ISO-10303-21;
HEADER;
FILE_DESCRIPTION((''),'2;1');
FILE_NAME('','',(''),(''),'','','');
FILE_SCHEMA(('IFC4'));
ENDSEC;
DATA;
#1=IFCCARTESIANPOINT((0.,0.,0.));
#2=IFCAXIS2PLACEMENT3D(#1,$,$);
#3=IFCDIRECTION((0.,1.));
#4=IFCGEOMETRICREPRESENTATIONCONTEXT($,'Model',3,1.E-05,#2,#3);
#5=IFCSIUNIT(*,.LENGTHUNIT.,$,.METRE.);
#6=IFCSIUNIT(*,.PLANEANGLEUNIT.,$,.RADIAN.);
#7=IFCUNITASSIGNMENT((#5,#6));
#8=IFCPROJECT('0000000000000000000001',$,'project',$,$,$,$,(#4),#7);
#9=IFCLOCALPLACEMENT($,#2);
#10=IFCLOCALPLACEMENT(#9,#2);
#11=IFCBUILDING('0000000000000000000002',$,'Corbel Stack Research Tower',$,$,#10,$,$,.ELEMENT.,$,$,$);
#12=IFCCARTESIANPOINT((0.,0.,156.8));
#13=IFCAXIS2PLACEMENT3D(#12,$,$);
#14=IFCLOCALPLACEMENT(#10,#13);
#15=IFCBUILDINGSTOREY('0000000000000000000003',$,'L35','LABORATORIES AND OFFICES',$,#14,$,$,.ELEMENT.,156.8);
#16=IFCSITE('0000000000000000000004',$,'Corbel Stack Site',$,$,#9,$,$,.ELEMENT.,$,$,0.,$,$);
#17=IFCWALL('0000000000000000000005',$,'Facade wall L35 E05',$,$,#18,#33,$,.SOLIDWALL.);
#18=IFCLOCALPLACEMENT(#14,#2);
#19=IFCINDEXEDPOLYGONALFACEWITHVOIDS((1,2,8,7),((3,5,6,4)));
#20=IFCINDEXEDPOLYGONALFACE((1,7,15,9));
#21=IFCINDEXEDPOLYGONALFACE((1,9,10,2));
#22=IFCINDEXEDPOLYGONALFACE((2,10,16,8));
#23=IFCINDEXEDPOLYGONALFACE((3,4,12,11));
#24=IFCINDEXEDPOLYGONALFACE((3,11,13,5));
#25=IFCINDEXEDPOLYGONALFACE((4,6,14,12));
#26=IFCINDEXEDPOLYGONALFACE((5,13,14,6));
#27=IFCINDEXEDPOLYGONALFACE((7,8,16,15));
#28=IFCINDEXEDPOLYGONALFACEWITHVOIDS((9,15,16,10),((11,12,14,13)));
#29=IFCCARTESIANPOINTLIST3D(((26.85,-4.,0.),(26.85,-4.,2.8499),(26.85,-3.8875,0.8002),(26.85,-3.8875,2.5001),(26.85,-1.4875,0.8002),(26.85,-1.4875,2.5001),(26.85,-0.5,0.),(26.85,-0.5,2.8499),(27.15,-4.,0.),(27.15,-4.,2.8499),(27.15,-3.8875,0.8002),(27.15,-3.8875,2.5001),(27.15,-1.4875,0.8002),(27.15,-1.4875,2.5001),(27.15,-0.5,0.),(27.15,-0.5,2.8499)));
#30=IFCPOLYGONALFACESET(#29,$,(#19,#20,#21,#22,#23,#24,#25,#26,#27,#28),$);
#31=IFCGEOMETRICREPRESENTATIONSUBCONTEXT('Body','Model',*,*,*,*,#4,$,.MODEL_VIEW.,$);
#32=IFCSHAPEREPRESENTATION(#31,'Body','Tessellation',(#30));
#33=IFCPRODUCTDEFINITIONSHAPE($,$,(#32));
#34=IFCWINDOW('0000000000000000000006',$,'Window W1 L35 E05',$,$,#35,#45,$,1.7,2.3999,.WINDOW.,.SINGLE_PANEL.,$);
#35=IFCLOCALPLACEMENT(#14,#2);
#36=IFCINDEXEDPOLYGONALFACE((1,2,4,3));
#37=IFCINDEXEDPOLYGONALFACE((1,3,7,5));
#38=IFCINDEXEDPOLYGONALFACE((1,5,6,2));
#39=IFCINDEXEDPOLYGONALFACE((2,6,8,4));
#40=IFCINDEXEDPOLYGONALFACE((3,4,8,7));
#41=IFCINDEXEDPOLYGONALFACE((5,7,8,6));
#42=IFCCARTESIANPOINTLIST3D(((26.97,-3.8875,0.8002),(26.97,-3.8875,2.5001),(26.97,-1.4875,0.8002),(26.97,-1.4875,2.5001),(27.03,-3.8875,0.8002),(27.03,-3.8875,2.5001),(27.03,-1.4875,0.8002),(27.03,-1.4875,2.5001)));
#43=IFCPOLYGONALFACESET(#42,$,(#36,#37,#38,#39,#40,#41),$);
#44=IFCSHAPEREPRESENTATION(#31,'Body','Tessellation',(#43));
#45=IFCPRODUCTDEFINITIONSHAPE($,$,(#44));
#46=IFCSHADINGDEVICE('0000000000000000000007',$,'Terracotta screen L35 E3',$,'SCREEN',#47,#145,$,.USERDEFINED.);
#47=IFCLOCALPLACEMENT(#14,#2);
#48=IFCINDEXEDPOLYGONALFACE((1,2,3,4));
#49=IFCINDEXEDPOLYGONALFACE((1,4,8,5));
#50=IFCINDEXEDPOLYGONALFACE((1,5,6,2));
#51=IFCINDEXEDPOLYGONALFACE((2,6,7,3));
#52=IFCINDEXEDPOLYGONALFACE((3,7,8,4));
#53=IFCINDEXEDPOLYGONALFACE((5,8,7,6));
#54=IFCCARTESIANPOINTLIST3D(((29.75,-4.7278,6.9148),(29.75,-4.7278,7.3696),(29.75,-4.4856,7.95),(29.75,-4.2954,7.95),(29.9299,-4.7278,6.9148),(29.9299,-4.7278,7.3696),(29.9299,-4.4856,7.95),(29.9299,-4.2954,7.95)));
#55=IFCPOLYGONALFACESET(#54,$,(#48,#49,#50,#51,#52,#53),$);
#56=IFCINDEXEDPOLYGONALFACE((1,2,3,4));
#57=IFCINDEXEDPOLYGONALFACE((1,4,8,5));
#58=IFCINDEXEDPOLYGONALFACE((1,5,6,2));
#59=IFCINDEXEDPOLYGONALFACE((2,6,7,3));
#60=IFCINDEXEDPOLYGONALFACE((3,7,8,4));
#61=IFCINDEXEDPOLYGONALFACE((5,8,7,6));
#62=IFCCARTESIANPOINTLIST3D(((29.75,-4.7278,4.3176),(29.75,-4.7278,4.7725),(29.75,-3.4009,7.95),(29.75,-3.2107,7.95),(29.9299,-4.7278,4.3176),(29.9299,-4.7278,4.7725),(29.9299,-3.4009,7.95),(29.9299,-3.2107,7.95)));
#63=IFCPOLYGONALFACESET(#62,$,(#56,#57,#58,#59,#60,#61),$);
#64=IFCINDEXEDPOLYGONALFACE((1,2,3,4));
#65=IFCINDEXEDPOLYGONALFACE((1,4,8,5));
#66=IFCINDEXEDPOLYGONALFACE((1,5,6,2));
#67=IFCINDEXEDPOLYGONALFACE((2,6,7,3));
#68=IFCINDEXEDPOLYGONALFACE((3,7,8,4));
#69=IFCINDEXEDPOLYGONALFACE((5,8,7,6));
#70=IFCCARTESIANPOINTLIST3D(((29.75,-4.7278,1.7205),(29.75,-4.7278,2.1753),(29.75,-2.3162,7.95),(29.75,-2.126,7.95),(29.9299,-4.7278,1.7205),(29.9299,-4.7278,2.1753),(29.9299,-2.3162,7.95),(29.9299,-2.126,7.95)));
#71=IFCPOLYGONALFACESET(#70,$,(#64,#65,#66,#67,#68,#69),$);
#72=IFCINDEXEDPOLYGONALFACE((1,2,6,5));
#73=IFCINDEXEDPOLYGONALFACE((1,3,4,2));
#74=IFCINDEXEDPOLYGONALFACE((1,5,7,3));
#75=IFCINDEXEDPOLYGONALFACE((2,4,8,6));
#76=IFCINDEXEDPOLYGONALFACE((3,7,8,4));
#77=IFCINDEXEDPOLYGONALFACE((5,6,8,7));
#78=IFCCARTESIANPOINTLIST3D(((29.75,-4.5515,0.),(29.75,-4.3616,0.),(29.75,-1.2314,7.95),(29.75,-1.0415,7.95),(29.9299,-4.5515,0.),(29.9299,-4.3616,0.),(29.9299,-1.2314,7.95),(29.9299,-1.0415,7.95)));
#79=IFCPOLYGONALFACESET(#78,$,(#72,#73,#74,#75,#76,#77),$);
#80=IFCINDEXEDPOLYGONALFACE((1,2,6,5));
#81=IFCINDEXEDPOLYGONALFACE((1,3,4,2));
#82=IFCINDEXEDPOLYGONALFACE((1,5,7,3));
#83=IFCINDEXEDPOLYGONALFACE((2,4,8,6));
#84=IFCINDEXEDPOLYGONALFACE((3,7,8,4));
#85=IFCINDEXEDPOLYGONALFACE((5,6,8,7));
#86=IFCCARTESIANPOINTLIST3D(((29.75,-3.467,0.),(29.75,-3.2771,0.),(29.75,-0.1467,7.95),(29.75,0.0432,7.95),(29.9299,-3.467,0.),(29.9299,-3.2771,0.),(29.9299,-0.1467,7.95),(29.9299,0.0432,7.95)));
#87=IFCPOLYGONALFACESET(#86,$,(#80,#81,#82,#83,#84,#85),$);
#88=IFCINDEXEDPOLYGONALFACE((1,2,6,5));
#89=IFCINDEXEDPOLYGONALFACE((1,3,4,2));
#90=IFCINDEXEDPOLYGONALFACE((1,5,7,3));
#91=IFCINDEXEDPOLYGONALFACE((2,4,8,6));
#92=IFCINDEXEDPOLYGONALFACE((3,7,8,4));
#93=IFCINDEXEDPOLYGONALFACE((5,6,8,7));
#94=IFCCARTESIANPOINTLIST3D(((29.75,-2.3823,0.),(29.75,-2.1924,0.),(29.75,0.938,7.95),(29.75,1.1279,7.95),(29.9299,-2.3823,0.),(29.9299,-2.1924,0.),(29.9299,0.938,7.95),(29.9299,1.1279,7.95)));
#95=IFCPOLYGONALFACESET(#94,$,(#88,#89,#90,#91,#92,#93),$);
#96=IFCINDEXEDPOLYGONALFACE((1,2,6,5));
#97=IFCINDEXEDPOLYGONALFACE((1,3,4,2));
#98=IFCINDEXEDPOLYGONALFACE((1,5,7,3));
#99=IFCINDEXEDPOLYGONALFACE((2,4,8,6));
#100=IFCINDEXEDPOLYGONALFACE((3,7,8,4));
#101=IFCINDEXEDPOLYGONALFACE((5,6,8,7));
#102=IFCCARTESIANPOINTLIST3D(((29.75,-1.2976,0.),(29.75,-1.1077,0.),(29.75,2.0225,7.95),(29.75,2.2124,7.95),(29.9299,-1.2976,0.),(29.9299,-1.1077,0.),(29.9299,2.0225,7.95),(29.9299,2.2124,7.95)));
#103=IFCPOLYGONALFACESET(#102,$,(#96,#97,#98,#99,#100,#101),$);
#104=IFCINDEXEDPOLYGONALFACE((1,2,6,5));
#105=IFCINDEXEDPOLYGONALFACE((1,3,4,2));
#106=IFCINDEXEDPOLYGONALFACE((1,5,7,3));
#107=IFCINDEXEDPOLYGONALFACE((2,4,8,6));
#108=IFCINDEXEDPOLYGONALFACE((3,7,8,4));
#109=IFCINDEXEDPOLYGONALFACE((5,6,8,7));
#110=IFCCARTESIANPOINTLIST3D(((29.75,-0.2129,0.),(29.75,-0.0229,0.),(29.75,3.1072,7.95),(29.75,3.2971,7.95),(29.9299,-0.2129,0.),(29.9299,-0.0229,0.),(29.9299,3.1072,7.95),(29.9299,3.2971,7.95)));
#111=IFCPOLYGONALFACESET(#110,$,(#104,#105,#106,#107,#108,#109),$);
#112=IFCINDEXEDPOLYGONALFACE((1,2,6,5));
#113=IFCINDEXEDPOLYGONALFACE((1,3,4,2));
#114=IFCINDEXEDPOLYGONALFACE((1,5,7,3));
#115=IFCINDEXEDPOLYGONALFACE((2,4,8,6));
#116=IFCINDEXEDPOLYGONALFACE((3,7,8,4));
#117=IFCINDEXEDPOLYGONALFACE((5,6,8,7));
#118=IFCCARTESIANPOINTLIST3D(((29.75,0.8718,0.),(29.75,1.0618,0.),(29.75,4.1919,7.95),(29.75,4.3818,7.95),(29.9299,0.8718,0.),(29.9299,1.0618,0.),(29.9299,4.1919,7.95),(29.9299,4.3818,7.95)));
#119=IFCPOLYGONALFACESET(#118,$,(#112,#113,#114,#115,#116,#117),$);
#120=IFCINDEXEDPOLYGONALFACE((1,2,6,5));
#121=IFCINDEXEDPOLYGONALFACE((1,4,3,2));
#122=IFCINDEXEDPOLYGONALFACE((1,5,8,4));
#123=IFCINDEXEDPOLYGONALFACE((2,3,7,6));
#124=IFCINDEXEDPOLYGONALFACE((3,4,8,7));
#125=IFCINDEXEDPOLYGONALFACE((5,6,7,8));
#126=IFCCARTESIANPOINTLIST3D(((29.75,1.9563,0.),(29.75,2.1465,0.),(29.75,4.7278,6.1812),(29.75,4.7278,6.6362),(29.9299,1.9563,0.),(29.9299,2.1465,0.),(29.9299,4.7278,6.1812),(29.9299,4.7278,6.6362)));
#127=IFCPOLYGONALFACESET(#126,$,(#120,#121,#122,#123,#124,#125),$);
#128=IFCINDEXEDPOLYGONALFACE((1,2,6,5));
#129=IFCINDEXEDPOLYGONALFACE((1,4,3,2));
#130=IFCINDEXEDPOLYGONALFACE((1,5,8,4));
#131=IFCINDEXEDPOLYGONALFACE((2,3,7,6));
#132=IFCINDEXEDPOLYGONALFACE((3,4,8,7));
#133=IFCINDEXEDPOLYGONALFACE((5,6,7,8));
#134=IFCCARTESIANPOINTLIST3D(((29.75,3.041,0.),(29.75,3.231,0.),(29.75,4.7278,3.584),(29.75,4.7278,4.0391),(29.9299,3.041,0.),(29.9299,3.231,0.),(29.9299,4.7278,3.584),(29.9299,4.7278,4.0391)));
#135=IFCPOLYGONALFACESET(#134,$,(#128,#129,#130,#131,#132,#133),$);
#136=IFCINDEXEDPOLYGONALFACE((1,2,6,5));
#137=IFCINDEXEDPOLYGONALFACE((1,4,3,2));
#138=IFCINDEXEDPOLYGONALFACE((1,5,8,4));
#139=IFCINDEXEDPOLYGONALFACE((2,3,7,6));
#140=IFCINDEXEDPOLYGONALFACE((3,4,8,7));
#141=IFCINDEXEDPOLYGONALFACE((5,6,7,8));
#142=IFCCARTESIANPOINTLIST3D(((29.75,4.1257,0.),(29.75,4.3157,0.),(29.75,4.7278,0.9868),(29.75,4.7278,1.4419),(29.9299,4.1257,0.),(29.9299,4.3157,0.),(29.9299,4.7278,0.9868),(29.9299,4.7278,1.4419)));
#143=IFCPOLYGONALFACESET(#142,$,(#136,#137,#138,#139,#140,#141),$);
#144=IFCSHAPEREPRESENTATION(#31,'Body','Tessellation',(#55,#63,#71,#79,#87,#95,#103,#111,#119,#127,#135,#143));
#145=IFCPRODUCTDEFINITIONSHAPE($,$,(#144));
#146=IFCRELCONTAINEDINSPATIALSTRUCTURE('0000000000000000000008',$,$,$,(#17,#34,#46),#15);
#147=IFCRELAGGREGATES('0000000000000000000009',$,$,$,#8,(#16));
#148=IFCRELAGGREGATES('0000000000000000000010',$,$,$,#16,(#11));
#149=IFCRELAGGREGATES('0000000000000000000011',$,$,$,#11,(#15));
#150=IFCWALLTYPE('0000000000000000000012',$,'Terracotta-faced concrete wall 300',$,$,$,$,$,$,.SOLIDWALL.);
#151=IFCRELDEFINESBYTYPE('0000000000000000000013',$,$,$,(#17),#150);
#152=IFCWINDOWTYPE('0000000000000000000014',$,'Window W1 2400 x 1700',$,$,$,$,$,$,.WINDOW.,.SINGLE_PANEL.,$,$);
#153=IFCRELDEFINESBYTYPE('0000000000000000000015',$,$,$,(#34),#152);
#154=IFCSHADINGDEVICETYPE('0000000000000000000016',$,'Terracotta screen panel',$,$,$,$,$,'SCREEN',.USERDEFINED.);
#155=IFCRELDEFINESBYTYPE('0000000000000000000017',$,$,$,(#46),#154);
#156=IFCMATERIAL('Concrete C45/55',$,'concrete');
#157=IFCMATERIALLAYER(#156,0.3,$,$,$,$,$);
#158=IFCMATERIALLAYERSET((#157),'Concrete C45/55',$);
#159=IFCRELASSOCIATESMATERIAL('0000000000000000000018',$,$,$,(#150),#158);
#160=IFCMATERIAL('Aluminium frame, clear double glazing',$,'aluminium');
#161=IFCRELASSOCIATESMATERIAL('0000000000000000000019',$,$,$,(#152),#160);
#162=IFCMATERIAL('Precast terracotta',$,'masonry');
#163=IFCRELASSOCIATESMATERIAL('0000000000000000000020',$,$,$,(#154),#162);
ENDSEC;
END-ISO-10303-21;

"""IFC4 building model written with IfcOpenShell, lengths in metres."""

from ifc_helpers import new_model, si_unit, direction, frame, frame_2d, origin, place, context, subcontext, project, spatial, polyline, rectangle, outline, extrude, source, transform, mapped, material, layer, layer_set, type_object, element, fill, save


model = new_model("IFC4")

# Units and contexts
model_context = context("Model", 3, precision=1e-05, world=origin(), true_north=direction((0.0, 1.0)))
body_context = subcontext(model_context, "Body", "Model", "MODEL_VIEW")
ifc_project = project(units=[si_unit("LENGTHUNIT", "METRE"), si_unit("PLANEANGLEUNIT", "RADIAN")], contexts=[model_context])

# Site, building, storey
site_placement = place(None, origin())
site = spatial("IfcSite", under=ifc_project, at=site_placement, Name="Corbel Stack Site", CompositionType="ELEMENT", RefElevation=0.0)
building_placement = place(site_placement, origin())
building = spatial("IfcBuilding", under=site, at=building_placement, Name="Corbel Stack Research Tower", CompositionType="ELEMENT")
storey_placement = place(building_placement, frame((0.0, 0.0, 156.8)))
storey = spatial("IfcBuildingStorey", under=building, at=storey_placement, Name="L35", Description="LABORATORIES AND OFFICES", CompositionType="ELEMENT", Elevation=156.8)

# Shared definitions
ifc_material_1 = material(Name="Concrete C45/55", Category="concrete")
ifc_layer_1 = layer(ifc_material_1, 0.3)
ifc_layer_set_1 = layer_set([ifc_layer_1], Name="Concrete C45/55")
wall_type = type_object("IfcWallType", Name="Terracotta-faced concrete wall 300", PredefinedType="SOLIDWALL", material=ifc_layer_set_1)

# Wall, opening, window
ifc_material_2 = material(Name="Aluminium frame, clear double glazing", Category="aluminium")
window_type = type_object("IfcWindowType", Name="Window W1 2400 x 1700", PartitioningType="SINGLE_PANEL", PredefinedType="WINDOW", material=ifc_material_2)
wall_1_placement = place(storey_placement, frame((27.0, -0.5, 0.0), z_axis=(0.0, 0.0, 1.0), x_axis=(0.0, -1.0, 0.0)))
wall_1 = element("IfcWall", 1, at=wall_1_placement, inside=storey, type_object=wall_type, Name="Facade wall L35 E05", PredefinedType="SOLIDWALL", context=body_context, shape_type="SweptSolid", body=[
    extrude(rectangle(XDim=3.5, YDim=0.3, at=frame_2d((1.75, 0.0))), origin(), (0.0, 0.0, 1.0), 2.8499),
])
opening_1_placement = place(wall_1_placement, frame((0.9875, 0.0, 0.8)))
opening_1 = element("IfcOpeningElement", 2, at=opening_1_placement, cuts=wall_1, PredefinedType="OPENING", context=body_context, shape_type="SweptSolid", body=[
    extrude(rectangle(XDim=2.3999, YDim=1.7, at=frame_2d((1.2, 0.8501))), frame((0.0, 0.1599, 0.0), z_axis=(0.0, -1.0, 0.0), x_axis=(1.0, 0.0, 0.0)), (0.0, 0.0, 1.0), 0.3201),
])
window_1_placement = place(opening_1_placement, origin())
window_1 = element("IfcWindow", 3, at=window_1_placement, inside=storey, type_object=window_type, Name="Window W1 L35 E05", OverallHeight=1.7, OverallWidth=2.3999, PartitioningType="SINGLE_PANEL", PredefinedType="WINDOW", context=body_context, shape_type="SweptSolid", body=[
    extrude(rectangle(XDim=2.3999, YDim=1.7, at=frame_2d((1.2, 0.8501))), frame((0.0, 0.03, 0.0), z_axis=(0.0, -1.0, 0.0), x_axis=(1.0, 0.0, 0.0)), (0.0, 0.0, 1.0), 0.0601),
])
fill(opening_1, window_1)

# Shading device
ifc_material_3 = material(Name="Precast terracotta", Category="masonry")
shading_device_type = type_object("IfcShadingDeviceType", Name="Terracotta screen panel", ElementType="SCREEN", PredefinedType="USERDEFINED", material=ifc_material_3)
shared_shape = source(origin(), body_context, "Body", "SweptSolid", [
    extrude(outline(polyline([(0.4324, 7.95), (0.2422, 7.95), (0.0, 7.3696), (0.0, 6.9148), (0.4324, 7.95)])), frame((0.0, 0.0, 0.0), z_axis=(0.0, -1.0, 0.0), x_axis=(1.0, 0.0, 0.0)), (0.0, 0.0, 1.0), 0.1799),
    extrude(outline(polyline([(1.5171, 7.95), (1.3269, 7.95), (0.0, 4.7725), (0.0, 4.3176), (1.5171, 7.95)])), frame((0.0, 0.0, 0.0), z_axis=(0.0, -1.0, 0.0), x_axis=(1.0, 0.0, 0.0)), (0.0, 0.0, 1.0), 0.1799),
    extrude(outline(polyline([(2.6018, 7.95), (2.4116, 7.95), (0.0, 2.1753), (0.0, 1.7205), (2.6018, 7.95)])), frame((0.0, 0.0, 0.0), z_axis=(0.0, -1.0, 0.0), x_axis=(1.0, 0.0, 0.0)), (0.0, 0.0, 1.0), 0.1799),
    extrude(outline(polyline([(0.3662, 0.0), (3.6863, 7.95), (3.4963, 7.95), (0.1763, 0.0), (0.3662, 0.0)])), frame((0.0, 0.0, 0.0), z_axis=(0.0, -1.0, 0.0), x_axis=(1.0, 0.0, 0.0)), (0.0, 0.0, 1.0), 0.1799),
    extrude(outline(polyline([(1.4507, 0.0), (4.771, 7.95), (4.5811, 7.95), (1.2607, 0.0), (1.4507, 0.0)])), frame((0.0, 0.0, 0.0), z_axis=(0.0, -1.0, 0.0), x_axis=(1.0, 0.0, 0.0)), (0.0, 0.0, 1.0), 0.1799),
    extrude(outline(polyline([(2.5354, 0.0), (5.8557, 7.95), (5.6658, 7.95), (2.3455, 0.0), (2.5354, 0.0)])), frame((0.0, 0.0, 0.0), z_axis=(0.0, -1.0, 0.0), x_axis=(1.0, 0.0, 0.0)), (0.0, 0.0, 1.0), 0.1799),
    extrude(outline(polyline([(3.6201, 0.0), (6.9402, 7.95), (6.7502, 7.95), (3.4302, 0.0), (3.6201, 0.0)])), frame((0.0, 0.0, 0.0), z_axis=(0.0, -1.0, 0.0), x_axis=(1.0, 0.0, 0.0)), (0.0, 0.0, 1.0), 0.1799),
    extrude(outline(polyline([(4.7048, 0.0), (8.0249, 7.95), (7.835, 7.95), (4.5149, 0.0), (4.7048, 0.0)])), frame((0.0, 0.0, 0.0), z_axis=(0.0, -1.0, 0.0), x_axis=(1.0, 0.0, 0.0)), (0.0, 0.0, 1.0), 0.1799),
    extrude(outline(polyline([(5.7896, 0.0), (9.1096, 7.95), (8.9197, 7.95), (5.5996, 0.0), (5.7896, 0.0)])), frame((0.0, 0.0, 0.0), z_axis=(0.0, -1.0, 0.0), x_axis=(1.0, 0.0, 0.0)), (0.0, 0.0, 1.0), 0.1799),
    extrude(outline(polyline([(6.8743, 0.0), (9.4556, 6.1812), (9.4556, 6.6362), (6.6841, 0.0), (6.8743, 0.0)])), frame((0.0, 0.0, 0.0), z_axis=(0.0, -1.0, 0.0), x_axis=(1.0, 0.0, 0.0)), (0.0, 0.0, 1.0), 0.1799),
    extrude(outline(polyline([(7.9587, 0.0), (9.4556, 3.584), (9.4556, 4.0391), (7.7688, 0.0), (7.9587, 0.0)])), frame((0.0, 0.0, 0.0), z_axis=(0.0, -1.0, 0.0), x_axis=(1.0, 0.0, 0.0)), (0.0, 0.0, 1.0), 0.1799),
    extrude(outline(polyline([(9.0435, 0.0), (9.4556, 0.9868), (9.4556, 1.4419), (8.8535, 0.0), (9.0435, 0.0)])), frame((0.0, 0.0, 0.0), z_axis=(0.0, -1.0, 0.0), x_axis=(1.0, 0.0, 0.0)), (0.0, 0.0, 1.0), 0.1799),
])
shading_device_placement = place(storey_placement, frame((29.75, -4.7278, 0.0), z_axis=(0.0, 0.0, 1.0), x_axis=(0.0, 1.0, 0.0)))
element("IfcShadingDevice", 4, at=shading_device_placement, inside=storey, type_object=shading_device_type, Name="Terracotta screen L35 E3", ObjectType="SCREEN", PredefinedType="USERDEFINED", context=body_context, shape_type="MappedRepresentation", body=[
    mapped(shared_shape, transform((0.0, 0.0, 0.0))),
])

save(model, "model.ifc")
